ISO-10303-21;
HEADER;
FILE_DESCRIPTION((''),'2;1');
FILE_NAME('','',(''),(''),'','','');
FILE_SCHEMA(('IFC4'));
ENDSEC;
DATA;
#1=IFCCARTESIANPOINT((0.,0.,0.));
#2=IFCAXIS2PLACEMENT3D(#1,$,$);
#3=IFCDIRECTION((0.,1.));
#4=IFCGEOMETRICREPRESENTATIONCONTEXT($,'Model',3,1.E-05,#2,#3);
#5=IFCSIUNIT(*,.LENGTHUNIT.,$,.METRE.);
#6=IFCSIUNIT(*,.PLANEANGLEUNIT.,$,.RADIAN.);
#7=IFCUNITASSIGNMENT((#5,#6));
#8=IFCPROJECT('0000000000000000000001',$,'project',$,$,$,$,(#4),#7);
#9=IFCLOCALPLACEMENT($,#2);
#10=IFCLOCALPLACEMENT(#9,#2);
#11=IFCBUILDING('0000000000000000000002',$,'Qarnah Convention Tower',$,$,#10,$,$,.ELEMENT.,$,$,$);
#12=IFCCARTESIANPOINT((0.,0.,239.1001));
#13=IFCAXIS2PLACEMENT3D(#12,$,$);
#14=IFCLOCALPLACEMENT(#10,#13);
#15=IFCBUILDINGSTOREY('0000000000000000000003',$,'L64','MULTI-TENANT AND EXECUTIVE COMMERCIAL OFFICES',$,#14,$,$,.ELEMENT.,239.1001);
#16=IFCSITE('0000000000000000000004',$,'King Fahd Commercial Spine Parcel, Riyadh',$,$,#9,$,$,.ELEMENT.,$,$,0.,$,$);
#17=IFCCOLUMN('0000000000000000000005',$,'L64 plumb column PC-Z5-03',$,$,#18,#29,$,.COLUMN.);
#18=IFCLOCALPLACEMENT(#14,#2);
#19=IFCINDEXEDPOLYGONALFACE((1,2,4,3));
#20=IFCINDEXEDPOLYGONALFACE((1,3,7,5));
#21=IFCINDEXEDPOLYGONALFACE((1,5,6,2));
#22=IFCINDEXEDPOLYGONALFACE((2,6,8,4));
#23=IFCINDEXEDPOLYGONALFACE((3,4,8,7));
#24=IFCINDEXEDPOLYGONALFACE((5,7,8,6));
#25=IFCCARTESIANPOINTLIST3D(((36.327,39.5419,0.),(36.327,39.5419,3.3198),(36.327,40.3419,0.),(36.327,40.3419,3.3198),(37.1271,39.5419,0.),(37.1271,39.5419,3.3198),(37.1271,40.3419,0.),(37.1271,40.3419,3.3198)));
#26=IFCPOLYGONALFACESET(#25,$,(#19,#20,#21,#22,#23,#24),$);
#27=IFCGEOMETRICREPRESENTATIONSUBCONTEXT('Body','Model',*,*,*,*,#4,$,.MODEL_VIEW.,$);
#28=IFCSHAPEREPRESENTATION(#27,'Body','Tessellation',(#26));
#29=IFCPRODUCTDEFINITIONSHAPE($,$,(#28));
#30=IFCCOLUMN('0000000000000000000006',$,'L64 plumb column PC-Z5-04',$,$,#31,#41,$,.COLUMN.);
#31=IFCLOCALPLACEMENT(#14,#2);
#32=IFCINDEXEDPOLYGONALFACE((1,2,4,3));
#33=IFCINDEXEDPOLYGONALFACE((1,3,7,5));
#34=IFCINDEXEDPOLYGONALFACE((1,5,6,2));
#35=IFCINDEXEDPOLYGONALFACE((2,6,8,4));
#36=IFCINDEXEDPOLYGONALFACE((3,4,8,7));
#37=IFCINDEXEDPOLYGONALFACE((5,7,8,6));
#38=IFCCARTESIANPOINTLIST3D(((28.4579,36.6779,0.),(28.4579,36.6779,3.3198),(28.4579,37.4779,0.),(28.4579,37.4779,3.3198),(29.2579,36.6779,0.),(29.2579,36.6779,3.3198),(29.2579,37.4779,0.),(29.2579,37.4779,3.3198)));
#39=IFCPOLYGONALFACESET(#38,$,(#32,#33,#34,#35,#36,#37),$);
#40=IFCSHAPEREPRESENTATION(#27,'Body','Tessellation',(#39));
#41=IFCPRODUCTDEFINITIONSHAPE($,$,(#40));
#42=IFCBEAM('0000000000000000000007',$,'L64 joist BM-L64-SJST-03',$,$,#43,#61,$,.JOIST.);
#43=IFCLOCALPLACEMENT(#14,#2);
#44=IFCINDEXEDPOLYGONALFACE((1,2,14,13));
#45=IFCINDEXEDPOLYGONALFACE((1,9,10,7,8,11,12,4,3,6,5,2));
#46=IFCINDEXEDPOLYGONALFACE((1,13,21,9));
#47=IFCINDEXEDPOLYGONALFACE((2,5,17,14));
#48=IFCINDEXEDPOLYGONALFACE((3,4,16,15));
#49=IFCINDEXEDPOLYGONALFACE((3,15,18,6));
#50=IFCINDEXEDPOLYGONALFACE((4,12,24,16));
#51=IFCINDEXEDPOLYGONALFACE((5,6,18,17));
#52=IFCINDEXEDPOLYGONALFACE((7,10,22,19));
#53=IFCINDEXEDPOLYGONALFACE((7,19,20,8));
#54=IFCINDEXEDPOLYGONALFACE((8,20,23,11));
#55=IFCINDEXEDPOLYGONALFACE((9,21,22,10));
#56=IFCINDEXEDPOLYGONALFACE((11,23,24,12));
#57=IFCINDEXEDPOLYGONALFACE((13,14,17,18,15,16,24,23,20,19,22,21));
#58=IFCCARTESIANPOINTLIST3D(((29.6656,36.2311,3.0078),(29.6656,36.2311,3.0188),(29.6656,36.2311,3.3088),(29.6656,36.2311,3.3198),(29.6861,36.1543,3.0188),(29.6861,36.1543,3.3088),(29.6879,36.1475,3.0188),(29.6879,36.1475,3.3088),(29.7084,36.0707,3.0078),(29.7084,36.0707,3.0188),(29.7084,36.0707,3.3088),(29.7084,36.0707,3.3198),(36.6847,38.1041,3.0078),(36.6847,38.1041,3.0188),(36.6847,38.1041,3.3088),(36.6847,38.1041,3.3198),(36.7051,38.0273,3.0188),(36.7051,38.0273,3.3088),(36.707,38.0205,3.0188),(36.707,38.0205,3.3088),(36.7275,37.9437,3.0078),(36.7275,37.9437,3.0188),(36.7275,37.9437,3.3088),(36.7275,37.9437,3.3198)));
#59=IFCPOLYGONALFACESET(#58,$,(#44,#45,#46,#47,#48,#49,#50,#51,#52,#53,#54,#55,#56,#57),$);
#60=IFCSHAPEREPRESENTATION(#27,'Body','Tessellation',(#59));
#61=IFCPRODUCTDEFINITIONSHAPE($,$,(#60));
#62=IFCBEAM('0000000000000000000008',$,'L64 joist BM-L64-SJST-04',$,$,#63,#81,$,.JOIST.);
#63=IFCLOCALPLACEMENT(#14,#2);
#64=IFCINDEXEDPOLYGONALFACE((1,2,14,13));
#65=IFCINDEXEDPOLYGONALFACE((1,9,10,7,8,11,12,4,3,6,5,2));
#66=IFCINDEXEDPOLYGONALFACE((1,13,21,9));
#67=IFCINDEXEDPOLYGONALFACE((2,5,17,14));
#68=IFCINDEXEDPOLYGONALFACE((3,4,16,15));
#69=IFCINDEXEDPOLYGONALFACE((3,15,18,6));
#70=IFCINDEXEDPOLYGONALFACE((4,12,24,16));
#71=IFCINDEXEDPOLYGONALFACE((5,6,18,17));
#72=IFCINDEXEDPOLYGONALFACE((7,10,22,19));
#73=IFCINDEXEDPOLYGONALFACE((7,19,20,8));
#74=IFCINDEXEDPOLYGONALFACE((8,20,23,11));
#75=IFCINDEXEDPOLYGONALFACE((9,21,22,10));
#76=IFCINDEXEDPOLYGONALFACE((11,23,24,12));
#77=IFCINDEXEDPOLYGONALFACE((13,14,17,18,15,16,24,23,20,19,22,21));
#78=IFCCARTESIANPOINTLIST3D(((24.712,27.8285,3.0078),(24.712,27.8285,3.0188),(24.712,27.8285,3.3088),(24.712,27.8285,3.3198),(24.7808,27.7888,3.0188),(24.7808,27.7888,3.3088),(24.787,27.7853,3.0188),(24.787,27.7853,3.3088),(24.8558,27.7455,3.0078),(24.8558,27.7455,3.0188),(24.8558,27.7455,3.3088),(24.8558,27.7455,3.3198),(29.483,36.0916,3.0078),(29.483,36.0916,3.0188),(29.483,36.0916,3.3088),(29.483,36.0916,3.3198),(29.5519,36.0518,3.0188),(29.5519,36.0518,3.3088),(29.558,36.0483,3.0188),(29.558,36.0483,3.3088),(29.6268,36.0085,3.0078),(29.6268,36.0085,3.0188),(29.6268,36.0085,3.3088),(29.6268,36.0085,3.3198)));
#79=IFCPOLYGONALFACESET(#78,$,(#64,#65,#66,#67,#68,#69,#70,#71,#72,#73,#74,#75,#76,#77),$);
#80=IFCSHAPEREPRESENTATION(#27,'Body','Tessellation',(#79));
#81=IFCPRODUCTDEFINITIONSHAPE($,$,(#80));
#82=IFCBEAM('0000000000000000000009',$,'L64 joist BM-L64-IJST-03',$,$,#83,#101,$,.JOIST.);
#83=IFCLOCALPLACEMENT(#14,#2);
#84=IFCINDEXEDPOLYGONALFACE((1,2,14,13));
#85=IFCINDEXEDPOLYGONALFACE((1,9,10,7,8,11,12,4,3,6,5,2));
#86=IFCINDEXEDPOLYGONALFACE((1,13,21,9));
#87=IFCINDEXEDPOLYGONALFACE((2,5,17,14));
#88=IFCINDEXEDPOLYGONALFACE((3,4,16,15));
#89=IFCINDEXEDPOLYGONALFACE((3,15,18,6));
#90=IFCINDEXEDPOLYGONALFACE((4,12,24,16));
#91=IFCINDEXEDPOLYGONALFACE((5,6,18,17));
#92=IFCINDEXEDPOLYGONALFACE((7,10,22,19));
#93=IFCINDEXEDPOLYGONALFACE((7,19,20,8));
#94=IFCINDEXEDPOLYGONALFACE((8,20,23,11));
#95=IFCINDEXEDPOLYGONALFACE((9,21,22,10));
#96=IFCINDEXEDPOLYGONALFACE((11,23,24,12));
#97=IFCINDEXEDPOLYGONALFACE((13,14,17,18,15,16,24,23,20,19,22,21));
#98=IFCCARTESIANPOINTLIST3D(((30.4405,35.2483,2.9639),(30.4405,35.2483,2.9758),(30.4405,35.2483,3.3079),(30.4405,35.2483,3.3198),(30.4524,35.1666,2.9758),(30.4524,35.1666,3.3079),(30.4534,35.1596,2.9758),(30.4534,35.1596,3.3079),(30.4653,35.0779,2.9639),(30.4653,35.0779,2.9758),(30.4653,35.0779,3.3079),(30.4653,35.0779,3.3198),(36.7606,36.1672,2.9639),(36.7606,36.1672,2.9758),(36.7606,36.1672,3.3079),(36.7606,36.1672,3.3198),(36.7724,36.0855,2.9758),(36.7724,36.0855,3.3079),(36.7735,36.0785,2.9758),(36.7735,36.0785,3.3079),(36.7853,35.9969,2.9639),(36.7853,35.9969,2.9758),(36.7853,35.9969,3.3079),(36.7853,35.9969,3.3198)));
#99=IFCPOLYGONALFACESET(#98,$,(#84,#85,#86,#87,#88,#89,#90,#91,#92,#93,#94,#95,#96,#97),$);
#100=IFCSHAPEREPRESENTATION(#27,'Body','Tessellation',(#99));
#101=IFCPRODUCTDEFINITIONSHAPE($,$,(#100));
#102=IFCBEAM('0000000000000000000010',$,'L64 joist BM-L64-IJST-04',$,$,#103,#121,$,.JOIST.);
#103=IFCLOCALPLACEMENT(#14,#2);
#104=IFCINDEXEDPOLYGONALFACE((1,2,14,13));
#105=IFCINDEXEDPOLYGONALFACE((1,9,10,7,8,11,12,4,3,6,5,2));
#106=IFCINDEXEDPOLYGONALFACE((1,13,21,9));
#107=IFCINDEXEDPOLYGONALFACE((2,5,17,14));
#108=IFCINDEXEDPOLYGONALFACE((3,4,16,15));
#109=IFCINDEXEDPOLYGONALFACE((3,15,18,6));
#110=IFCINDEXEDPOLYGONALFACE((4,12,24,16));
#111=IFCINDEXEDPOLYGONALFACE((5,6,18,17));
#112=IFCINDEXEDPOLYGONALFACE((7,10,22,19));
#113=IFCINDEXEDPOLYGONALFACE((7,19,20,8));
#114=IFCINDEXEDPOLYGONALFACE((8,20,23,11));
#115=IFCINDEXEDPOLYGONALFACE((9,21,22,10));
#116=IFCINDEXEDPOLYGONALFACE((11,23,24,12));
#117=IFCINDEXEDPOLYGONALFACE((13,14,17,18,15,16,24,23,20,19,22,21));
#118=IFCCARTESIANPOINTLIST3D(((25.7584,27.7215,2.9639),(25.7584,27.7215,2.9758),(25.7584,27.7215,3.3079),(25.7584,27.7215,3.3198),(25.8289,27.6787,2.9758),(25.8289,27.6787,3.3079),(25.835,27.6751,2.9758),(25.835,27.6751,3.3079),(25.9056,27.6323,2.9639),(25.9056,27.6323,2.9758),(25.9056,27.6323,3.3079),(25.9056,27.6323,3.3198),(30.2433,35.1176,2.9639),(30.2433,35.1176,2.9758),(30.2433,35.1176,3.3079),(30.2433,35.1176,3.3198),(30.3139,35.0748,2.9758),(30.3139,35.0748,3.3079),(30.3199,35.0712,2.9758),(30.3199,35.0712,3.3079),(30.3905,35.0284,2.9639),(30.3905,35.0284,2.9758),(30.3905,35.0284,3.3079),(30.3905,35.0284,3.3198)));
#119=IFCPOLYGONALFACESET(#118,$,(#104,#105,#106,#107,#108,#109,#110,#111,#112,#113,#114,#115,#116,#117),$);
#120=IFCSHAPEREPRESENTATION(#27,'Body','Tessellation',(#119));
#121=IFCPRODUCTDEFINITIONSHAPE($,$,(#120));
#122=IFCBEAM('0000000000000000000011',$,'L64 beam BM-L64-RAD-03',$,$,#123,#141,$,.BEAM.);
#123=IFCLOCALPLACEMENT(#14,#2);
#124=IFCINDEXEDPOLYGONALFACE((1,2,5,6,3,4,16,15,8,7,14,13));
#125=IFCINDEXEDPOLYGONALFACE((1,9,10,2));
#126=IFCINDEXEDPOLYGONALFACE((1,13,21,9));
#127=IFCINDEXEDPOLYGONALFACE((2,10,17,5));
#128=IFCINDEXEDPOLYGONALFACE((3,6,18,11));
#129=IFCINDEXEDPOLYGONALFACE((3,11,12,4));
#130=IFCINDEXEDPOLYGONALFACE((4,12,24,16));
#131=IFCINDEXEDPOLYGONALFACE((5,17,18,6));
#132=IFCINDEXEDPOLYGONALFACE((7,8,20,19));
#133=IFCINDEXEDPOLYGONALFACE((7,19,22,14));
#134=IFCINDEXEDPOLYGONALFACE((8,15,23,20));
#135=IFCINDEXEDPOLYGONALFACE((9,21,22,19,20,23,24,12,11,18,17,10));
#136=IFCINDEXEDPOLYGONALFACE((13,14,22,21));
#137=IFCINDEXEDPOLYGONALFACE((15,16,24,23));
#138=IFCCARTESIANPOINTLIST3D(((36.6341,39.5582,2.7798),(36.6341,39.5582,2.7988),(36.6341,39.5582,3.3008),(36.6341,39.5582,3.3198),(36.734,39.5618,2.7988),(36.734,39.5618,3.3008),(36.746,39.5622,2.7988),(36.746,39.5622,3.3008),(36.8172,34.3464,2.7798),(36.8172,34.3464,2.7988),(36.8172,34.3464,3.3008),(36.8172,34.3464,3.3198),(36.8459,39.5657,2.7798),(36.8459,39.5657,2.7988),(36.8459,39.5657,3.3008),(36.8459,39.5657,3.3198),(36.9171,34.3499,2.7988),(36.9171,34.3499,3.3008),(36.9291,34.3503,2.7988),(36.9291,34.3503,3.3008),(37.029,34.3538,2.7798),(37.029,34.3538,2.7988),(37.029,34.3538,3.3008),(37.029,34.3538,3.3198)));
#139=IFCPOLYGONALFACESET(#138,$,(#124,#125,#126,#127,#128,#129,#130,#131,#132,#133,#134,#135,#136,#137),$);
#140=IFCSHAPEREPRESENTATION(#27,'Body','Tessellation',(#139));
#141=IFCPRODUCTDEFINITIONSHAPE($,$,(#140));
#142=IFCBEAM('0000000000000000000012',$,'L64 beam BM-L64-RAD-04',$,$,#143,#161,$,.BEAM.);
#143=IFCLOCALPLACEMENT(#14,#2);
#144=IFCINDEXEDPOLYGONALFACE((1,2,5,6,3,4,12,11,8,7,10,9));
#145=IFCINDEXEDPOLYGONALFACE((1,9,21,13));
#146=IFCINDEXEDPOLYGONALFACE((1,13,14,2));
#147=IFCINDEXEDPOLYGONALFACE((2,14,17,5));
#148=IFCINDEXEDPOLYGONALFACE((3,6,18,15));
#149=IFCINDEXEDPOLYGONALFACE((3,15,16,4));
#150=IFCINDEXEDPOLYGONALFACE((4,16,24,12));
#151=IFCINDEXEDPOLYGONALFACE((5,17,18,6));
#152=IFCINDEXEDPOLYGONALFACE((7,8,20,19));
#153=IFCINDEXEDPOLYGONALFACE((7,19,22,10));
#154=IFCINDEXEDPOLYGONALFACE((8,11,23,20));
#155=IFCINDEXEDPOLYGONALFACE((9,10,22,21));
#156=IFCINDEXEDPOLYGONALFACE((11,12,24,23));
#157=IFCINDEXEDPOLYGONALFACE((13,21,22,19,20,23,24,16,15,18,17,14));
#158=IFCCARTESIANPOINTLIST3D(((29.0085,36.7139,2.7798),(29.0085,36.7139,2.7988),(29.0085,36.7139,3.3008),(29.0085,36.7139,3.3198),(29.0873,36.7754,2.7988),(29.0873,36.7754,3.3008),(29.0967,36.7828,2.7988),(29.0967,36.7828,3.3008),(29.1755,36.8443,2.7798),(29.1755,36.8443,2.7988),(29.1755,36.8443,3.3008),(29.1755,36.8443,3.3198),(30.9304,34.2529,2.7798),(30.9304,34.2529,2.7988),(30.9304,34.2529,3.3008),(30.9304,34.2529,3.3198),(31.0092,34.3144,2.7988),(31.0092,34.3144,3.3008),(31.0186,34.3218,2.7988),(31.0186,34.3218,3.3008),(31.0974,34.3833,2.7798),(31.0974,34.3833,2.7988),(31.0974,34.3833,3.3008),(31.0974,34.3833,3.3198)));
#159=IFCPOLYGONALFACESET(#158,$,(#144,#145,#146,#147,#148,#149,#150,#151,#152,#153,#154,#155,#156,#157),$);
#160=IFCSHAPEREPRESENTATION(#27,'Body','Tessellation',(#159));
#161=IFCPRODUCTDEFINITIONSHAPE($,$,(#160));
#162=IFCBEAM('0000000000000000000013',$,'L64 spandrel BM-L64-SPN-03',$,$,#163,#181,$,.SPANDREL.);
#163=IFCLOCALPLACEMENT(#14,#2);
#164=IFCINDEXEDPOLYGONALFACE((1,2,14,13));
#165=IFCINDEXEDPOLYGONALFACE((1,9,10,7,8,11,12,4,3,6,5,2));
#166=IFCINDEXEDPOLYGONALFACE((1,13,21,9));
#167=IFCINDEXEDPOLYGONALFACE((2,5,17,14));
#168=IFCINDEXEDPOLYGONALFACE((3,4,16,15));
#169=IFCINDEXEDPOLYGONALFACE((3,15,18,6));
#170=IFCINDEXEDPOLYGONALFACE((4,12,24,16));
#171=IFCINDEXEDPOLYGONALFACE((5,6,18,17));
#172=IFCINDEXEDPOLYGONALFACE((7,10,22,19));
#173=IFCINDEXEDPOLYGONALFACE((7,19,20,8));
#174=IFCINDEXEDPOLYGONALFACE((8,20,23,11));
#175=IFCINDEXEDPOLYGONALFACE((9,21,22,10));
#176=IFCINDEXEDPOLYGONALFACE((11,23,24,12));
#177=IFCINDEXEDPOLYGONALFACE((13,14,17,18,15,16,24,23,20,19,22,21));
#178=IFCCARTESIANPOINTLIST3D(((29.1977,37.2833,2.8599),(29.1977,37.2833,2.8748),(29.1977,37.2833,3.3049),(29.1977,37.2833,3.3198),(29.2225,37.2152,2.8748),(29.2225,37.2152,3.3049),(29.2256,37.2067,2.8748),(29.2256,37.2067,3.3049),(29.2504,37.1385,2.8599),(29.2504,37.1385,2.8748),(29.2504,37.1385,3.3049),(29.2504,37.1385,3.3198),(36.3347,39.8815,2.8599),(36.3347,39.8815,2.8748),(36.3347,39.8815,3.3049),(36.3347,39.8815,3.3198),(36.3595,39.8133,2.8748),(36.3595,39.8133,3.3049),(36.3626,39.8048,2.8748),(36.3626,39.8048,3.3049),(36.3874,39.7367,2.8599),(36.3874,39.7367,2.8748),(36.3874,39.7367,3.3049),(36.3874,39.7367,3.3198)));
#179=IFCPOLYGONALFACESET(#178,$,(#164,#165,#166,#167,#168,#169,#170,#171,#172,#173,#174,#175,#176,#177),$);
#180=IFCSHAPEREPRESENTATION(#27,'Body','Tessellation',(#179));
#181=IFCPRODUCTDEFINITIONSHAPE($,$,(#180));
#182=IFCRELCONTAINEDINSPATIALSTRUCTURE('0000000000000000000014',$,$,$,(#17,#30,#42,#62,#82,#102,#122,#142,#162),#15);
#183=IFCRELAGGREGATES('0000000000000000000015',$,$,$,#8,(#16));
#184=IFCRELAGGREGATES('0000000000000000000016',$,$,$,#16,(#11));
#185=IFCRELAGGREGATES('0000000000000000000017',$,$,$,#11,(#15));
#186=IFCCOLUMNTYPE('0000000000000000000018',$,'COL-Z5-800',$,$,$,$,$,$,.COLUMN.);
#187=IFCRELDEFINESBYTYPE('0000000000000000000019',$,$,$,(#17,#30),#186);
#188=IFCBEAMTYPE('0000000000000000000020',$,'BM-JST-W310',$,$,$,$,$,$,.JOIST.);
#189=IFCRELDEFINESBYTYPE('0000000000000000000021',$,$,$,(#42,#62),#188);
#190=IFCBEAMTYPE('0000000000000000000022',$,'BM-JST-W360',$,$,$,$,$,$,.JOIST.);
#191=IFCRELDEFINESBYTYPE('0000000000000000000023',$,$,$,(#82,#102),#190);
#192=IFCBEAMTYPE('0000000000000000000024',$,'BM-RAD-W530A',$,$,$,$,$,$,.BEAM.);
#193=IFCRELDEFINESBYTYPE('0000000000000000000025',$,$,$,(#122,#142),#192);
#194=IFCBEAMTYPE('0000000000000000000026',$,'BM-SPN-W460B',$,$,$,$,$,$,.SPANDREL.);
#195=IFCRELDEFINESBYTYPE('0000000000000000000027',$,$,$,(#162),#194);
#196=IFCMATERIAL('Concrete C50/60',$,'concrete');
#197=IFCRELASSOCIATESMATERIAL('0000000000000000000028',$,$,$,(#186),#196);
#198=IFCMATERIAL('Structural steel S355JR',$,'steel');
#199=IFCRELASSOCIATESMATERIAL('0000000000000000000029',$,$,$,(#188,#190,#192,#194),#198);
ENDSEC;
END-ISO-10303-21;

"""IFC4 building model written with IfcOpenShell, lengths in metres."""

from ifc_helpers import new_model, si_unit, direction, frame, origin, origin_2d, place, context, subcontext, project, spatial, rectangle, i_section, extrude, material, material_profile, profile_set, type_object, element, save


model = new_model("IFC4")

# Units and contexts
model_context = context("Model", 3, precision=1e-05, world=origin(), true_north=direction((0.0, 1.0)))
body_context = subcontext(model_context, "Body", "Model", "MODEL_VIEW")
ifc_project = project(units=[si_unit("LENGTHUNIT", "METRE"), si_unit("PLANEANGLEUNIT", "RADIAN")], contexts=[model_context])

# Site, building, storey
site_placement = place(None, origin())
site = spatial("IfcSite", under=ifc_project, at=site_placement, Name="King Fahd Commercial Spine Parcel, Riyadh", CompositionType="ELEMENT", RefElevation=0.0)
building_placement = place(site_placement, origin())
building = spatial("IfcBuilding", under=site, at=building_placement, Name="Qarnah Convention Tower", CompositionType="ELEMENT")
storey_placement = place(building_placement, frame((0.0, 0.0, 239.1001)))
storey = spatial("IfcBuildingStorey", under=building, at=storey_placement, Name="L64", Description="MULTI-TENANT AND EXECUTIVE COMMERCIAL OFFICES", CompositionType="ELEMENT", Elevation=239.1001)

# Columns
ifc_material_1 = material(Name="Concrete C50/60", Category="concrete")
ifc_material_profile_1 = material_profile(ifc_material_1, rectangle(XDim=0.8, YDim=0.8, at=origin_2d()), Name="RC-COL-800X800")
ifc_profile_set_1 = profile_set([ifc_material_profile_1], Name="Concrete C50/60")
column_type = type_object("IfcColumnType", Name="COL-Z5-800", PredefinedType="COLUMN", material=ifc_profile_set_1)
for number, where, z_axis, x_axis, name in (
    (1, (36.7271, 39.9419, 0.0), (0.0, 0.0, 1.0), (1.0, 0.0, 0.0), "L64 plumb column PC-Z5-03"),
    (2, (28.8579, 37.0779, 0.0), (0.0, 0.0, 1.0), (1.0, 0.0, 0.0), "L64 plumb column PC-Z5-04"),
):
    element("IfcColumn", number, at=place(storey_placement, frame(where, z_axis=z_axis, x_axis=x_axis)), inside=storey, type_object=column_type, Name=name, PredefinedType="COLUMN", context=body_context, shape_type="SweptSolid", body=[
        extrude(rectangle(XDim=0.8, YDim=0.8, at=origin_2d()), origin(), (0.0, 0.0, 1.0), 3.3198),
    ])

# Beams
ifc_material_2 = material(Name="Structural steel S355JR", Category="steel")
ifc_material_profile_2 = material_profile(ifc_material_2, i_section(OverallWidth=0.166, OverallDepth=0.312, WebThickness=0.0071, FlangeThickness=0.011, at=origin_2d()), Name="W310X45")
ifc_profile_set_2 = profile_set([ifc_material_profile_2], Name="Structural steel S355JR")
beam_type_1 = type_object("IfcBeamType", Name="BM-JST-W310", PredefinedType="JOIST", material=ifc_profile_set_2)
beam_1_placement = place(storey_placement, frame((36.7061, 38.0239, 3.1638), z_axis=(-0.96619, -0.25783, 0.0), x_axis=(0.25783, -0.96619, 0.0)))
element("IfcBeam", 3, at=beam_1_placement, inside=storey, type_object=beam_type_1, Name="L64 joist BM-L64-SJST-03", PredefinedType="JOIST", context=body_context, shape_type="SweptSolid", body=[
    extrude(i_section(OverallWidth=0.166, OverallDepth=0.312, WebThickness=0.0071, FlangeThickness=0.011, at=origin_2d()), origin(), (0.0, 0.0, 1.0), 7.2646),
])
beam_2_placement = place(storey_placement, frame((29.5549, 36.05, 3.1638), z_axis=(-0.50003, -0.866008, 0.0), x_axis=(0.866008, -0.50003, 0.0)))
element("IfcBeam", 4, at=beam_2_placement, inside=storey, type_object=beam_type_1, Name="L64 joist BM-L64-SJST-04", PredefinedType="JOIST", context=body_context, shape_type="SweptSolid", body=[
    extrude(i_section(OverallWidth=0.166, OverallDepth=0.312, WebThickness=0.0071, FlangeThickness=0.011, at=origin_2d()), origin(), (0.0, 0.0, 1.0), 9.5415),
])
ifc_material_profile_3 = material_profile(ifc_material_2, i_section(OverallWidth=0.1721, OverallDepth=0.356, WebThickness=0.0071, FlangeThickness=0.012, at=origin_2d()), Name="W360X51")
ifc_profile_set_3 = profile_set([ifc_material_profile_3], Name="Structural steel S355JR")
beam_type_2 = type_object("IfcBeamType", Name="BM-JST-W360", PredefinedType="JOIST", material=ifc_profile_set_3)
beam_3_placement = place(storey_placement, frame((36.7729, 36.082, 3.1418), z_axis=(-0.989594, -0.143888, 0.0), x_axis=(0.143888, -0.989594, 0.0)))
element("IfcBeam", 5, at=beam_3_placement, inside=storey, type_object=beam_type_2, Name="L64 joist BM-L64-IJST-03", PredefinedType="JOIST", context=body_context, shape_type="SweptSolid", body=[
    extrude(i_section(OverallWidth=0.1721, OverallDepth=0.356, WebThickness=0.0071, FlangeThickness=0.012, at=origin_2d()), origin(), (0.0, 0.0, 1.0), 6.3865),
])
beam_4_placement = place(storey_placement, frame((30.3169, 35.073, 3.1418), z_axis=(-0.518508, -0.855073, 0.0), x_axis=(0.855073, -0.518508, 0.0)))
element("IfcBeam", 6, at=beam_4_placement, inside=storey, type_object=beam_type_2, Name="L64 joist BM-L64-IJST-04", PredefinedType="JOIST", context=body_context, shape_type="SweptSolid", body=[
    extrude(i_section(OverallWidth=0.1721, OverallDepth=0.356, WebThickness=0.0071, FlangeThickness=0.012, at=origin_2d()), origin(), (0.0, 0.0, 1.0), 8.6497),
])
ifc_material_profile_4 = material_profile(ifc_material_2, i_section(OverallWidth=0.2119, OverallDepth=0.54, WebThickness=0.012, FlangeThickness=0.019, at=origin_2d()), Name="W530X109")
ifc_profile_set_4 = profile_set([ifc_material_profile_4], Name="Structural steel S355JR")
beam_type_3 = type_object("IfcBeamType", Name="BM-RAD-W530A", PredefinedType="BEAM", material=ifc_profile_set_4)
beam_5_placement = place(storey_placement, frame((36.9231, 34.3501, 3.0498), z_axis=(-0.03511, 0.999383, 0.0), x_axis=(-0.999383, -0.03511, 0.0)))
element("IfcBeam", 7, at=beam_5_placement, inside=storey, type_object=beam_type_3, Name="L64 beam BM-L64-RAD-03", PredefinedType="BEAM", context=body_context, shape_type="SweptSolid", body=[
    extrude(i_section(OverallWidth=0.2119, OverallDepth=0.54, WebThickness=0.012, FlangeThickness=0.019, at=origin_2d()), origin(), (0.0, 0.0, 1.0), 5.2151),
])
beam_6_placement = place(storey_placement, frame((31.0139, 34.3181, 3.0498), z_axis=(-0.615498, 0.788138, 0.0), x_axis=(-0.788138, -0.615498, 0.0)))
element("IfcBeam", 8, at=beam_6_placement, inside=storey, type_object=beam_type_3, Name="L64 beam BM-L64-RAD-04", PredefinedType="BEAM", context=body_context, shape_type="SweptSolid", body=[
    extrude(i_section(OverallWidth=0.2119, OverallDepth=0.54, WebThickness=0.012, FlangeThickness=0.019, at=origin_2d()), origin(), (0.0, 0.0, 1.0), 3.1226),
])
ifc_material_profile_5 = material_profile(ifc_material_2, i_section(OverallWidth=0.1541, OverallDepth=0.46, WebThickness=0.009, FlangeThickness=0.0149, at=origin_2d()), Name="W460X68")
ifc_profile_set_5 = profile_set([ifc_material_profile_5], Name="Structural steel S355JR")
beam_type_4 = type_object("IfcBeamType", Name="BM-SPN-W460B", PredefinedType="SPANDREL", material=ifc_profile_set_5)
beam_7_placement = place(storey_placement, frame((36.3611, 39.8091, 3.0898), z_axis=(-0.939671, -0.342079, 0.0), x_axis=(0.342079, -0.939671, 0.0)))
element("IfcBeam", 9, at=beam_7_placement, inside=storey, type_object=beam_type_4, Name="L64 spandrel BM-L64-SPN-03", PredefinedType="SPANDREL", context=body_context, shape_type="SweptSolid", body=[
    extrude(i_section(OverallWidth=0.1541, OverallDepth=0.46, WebThickness=0.009, FlangeThickness=0.0149, at=origin_2d()), origin(), (0.0, 0.0, 1.0), 7.5952),
])

save(model, "model.ifc")
